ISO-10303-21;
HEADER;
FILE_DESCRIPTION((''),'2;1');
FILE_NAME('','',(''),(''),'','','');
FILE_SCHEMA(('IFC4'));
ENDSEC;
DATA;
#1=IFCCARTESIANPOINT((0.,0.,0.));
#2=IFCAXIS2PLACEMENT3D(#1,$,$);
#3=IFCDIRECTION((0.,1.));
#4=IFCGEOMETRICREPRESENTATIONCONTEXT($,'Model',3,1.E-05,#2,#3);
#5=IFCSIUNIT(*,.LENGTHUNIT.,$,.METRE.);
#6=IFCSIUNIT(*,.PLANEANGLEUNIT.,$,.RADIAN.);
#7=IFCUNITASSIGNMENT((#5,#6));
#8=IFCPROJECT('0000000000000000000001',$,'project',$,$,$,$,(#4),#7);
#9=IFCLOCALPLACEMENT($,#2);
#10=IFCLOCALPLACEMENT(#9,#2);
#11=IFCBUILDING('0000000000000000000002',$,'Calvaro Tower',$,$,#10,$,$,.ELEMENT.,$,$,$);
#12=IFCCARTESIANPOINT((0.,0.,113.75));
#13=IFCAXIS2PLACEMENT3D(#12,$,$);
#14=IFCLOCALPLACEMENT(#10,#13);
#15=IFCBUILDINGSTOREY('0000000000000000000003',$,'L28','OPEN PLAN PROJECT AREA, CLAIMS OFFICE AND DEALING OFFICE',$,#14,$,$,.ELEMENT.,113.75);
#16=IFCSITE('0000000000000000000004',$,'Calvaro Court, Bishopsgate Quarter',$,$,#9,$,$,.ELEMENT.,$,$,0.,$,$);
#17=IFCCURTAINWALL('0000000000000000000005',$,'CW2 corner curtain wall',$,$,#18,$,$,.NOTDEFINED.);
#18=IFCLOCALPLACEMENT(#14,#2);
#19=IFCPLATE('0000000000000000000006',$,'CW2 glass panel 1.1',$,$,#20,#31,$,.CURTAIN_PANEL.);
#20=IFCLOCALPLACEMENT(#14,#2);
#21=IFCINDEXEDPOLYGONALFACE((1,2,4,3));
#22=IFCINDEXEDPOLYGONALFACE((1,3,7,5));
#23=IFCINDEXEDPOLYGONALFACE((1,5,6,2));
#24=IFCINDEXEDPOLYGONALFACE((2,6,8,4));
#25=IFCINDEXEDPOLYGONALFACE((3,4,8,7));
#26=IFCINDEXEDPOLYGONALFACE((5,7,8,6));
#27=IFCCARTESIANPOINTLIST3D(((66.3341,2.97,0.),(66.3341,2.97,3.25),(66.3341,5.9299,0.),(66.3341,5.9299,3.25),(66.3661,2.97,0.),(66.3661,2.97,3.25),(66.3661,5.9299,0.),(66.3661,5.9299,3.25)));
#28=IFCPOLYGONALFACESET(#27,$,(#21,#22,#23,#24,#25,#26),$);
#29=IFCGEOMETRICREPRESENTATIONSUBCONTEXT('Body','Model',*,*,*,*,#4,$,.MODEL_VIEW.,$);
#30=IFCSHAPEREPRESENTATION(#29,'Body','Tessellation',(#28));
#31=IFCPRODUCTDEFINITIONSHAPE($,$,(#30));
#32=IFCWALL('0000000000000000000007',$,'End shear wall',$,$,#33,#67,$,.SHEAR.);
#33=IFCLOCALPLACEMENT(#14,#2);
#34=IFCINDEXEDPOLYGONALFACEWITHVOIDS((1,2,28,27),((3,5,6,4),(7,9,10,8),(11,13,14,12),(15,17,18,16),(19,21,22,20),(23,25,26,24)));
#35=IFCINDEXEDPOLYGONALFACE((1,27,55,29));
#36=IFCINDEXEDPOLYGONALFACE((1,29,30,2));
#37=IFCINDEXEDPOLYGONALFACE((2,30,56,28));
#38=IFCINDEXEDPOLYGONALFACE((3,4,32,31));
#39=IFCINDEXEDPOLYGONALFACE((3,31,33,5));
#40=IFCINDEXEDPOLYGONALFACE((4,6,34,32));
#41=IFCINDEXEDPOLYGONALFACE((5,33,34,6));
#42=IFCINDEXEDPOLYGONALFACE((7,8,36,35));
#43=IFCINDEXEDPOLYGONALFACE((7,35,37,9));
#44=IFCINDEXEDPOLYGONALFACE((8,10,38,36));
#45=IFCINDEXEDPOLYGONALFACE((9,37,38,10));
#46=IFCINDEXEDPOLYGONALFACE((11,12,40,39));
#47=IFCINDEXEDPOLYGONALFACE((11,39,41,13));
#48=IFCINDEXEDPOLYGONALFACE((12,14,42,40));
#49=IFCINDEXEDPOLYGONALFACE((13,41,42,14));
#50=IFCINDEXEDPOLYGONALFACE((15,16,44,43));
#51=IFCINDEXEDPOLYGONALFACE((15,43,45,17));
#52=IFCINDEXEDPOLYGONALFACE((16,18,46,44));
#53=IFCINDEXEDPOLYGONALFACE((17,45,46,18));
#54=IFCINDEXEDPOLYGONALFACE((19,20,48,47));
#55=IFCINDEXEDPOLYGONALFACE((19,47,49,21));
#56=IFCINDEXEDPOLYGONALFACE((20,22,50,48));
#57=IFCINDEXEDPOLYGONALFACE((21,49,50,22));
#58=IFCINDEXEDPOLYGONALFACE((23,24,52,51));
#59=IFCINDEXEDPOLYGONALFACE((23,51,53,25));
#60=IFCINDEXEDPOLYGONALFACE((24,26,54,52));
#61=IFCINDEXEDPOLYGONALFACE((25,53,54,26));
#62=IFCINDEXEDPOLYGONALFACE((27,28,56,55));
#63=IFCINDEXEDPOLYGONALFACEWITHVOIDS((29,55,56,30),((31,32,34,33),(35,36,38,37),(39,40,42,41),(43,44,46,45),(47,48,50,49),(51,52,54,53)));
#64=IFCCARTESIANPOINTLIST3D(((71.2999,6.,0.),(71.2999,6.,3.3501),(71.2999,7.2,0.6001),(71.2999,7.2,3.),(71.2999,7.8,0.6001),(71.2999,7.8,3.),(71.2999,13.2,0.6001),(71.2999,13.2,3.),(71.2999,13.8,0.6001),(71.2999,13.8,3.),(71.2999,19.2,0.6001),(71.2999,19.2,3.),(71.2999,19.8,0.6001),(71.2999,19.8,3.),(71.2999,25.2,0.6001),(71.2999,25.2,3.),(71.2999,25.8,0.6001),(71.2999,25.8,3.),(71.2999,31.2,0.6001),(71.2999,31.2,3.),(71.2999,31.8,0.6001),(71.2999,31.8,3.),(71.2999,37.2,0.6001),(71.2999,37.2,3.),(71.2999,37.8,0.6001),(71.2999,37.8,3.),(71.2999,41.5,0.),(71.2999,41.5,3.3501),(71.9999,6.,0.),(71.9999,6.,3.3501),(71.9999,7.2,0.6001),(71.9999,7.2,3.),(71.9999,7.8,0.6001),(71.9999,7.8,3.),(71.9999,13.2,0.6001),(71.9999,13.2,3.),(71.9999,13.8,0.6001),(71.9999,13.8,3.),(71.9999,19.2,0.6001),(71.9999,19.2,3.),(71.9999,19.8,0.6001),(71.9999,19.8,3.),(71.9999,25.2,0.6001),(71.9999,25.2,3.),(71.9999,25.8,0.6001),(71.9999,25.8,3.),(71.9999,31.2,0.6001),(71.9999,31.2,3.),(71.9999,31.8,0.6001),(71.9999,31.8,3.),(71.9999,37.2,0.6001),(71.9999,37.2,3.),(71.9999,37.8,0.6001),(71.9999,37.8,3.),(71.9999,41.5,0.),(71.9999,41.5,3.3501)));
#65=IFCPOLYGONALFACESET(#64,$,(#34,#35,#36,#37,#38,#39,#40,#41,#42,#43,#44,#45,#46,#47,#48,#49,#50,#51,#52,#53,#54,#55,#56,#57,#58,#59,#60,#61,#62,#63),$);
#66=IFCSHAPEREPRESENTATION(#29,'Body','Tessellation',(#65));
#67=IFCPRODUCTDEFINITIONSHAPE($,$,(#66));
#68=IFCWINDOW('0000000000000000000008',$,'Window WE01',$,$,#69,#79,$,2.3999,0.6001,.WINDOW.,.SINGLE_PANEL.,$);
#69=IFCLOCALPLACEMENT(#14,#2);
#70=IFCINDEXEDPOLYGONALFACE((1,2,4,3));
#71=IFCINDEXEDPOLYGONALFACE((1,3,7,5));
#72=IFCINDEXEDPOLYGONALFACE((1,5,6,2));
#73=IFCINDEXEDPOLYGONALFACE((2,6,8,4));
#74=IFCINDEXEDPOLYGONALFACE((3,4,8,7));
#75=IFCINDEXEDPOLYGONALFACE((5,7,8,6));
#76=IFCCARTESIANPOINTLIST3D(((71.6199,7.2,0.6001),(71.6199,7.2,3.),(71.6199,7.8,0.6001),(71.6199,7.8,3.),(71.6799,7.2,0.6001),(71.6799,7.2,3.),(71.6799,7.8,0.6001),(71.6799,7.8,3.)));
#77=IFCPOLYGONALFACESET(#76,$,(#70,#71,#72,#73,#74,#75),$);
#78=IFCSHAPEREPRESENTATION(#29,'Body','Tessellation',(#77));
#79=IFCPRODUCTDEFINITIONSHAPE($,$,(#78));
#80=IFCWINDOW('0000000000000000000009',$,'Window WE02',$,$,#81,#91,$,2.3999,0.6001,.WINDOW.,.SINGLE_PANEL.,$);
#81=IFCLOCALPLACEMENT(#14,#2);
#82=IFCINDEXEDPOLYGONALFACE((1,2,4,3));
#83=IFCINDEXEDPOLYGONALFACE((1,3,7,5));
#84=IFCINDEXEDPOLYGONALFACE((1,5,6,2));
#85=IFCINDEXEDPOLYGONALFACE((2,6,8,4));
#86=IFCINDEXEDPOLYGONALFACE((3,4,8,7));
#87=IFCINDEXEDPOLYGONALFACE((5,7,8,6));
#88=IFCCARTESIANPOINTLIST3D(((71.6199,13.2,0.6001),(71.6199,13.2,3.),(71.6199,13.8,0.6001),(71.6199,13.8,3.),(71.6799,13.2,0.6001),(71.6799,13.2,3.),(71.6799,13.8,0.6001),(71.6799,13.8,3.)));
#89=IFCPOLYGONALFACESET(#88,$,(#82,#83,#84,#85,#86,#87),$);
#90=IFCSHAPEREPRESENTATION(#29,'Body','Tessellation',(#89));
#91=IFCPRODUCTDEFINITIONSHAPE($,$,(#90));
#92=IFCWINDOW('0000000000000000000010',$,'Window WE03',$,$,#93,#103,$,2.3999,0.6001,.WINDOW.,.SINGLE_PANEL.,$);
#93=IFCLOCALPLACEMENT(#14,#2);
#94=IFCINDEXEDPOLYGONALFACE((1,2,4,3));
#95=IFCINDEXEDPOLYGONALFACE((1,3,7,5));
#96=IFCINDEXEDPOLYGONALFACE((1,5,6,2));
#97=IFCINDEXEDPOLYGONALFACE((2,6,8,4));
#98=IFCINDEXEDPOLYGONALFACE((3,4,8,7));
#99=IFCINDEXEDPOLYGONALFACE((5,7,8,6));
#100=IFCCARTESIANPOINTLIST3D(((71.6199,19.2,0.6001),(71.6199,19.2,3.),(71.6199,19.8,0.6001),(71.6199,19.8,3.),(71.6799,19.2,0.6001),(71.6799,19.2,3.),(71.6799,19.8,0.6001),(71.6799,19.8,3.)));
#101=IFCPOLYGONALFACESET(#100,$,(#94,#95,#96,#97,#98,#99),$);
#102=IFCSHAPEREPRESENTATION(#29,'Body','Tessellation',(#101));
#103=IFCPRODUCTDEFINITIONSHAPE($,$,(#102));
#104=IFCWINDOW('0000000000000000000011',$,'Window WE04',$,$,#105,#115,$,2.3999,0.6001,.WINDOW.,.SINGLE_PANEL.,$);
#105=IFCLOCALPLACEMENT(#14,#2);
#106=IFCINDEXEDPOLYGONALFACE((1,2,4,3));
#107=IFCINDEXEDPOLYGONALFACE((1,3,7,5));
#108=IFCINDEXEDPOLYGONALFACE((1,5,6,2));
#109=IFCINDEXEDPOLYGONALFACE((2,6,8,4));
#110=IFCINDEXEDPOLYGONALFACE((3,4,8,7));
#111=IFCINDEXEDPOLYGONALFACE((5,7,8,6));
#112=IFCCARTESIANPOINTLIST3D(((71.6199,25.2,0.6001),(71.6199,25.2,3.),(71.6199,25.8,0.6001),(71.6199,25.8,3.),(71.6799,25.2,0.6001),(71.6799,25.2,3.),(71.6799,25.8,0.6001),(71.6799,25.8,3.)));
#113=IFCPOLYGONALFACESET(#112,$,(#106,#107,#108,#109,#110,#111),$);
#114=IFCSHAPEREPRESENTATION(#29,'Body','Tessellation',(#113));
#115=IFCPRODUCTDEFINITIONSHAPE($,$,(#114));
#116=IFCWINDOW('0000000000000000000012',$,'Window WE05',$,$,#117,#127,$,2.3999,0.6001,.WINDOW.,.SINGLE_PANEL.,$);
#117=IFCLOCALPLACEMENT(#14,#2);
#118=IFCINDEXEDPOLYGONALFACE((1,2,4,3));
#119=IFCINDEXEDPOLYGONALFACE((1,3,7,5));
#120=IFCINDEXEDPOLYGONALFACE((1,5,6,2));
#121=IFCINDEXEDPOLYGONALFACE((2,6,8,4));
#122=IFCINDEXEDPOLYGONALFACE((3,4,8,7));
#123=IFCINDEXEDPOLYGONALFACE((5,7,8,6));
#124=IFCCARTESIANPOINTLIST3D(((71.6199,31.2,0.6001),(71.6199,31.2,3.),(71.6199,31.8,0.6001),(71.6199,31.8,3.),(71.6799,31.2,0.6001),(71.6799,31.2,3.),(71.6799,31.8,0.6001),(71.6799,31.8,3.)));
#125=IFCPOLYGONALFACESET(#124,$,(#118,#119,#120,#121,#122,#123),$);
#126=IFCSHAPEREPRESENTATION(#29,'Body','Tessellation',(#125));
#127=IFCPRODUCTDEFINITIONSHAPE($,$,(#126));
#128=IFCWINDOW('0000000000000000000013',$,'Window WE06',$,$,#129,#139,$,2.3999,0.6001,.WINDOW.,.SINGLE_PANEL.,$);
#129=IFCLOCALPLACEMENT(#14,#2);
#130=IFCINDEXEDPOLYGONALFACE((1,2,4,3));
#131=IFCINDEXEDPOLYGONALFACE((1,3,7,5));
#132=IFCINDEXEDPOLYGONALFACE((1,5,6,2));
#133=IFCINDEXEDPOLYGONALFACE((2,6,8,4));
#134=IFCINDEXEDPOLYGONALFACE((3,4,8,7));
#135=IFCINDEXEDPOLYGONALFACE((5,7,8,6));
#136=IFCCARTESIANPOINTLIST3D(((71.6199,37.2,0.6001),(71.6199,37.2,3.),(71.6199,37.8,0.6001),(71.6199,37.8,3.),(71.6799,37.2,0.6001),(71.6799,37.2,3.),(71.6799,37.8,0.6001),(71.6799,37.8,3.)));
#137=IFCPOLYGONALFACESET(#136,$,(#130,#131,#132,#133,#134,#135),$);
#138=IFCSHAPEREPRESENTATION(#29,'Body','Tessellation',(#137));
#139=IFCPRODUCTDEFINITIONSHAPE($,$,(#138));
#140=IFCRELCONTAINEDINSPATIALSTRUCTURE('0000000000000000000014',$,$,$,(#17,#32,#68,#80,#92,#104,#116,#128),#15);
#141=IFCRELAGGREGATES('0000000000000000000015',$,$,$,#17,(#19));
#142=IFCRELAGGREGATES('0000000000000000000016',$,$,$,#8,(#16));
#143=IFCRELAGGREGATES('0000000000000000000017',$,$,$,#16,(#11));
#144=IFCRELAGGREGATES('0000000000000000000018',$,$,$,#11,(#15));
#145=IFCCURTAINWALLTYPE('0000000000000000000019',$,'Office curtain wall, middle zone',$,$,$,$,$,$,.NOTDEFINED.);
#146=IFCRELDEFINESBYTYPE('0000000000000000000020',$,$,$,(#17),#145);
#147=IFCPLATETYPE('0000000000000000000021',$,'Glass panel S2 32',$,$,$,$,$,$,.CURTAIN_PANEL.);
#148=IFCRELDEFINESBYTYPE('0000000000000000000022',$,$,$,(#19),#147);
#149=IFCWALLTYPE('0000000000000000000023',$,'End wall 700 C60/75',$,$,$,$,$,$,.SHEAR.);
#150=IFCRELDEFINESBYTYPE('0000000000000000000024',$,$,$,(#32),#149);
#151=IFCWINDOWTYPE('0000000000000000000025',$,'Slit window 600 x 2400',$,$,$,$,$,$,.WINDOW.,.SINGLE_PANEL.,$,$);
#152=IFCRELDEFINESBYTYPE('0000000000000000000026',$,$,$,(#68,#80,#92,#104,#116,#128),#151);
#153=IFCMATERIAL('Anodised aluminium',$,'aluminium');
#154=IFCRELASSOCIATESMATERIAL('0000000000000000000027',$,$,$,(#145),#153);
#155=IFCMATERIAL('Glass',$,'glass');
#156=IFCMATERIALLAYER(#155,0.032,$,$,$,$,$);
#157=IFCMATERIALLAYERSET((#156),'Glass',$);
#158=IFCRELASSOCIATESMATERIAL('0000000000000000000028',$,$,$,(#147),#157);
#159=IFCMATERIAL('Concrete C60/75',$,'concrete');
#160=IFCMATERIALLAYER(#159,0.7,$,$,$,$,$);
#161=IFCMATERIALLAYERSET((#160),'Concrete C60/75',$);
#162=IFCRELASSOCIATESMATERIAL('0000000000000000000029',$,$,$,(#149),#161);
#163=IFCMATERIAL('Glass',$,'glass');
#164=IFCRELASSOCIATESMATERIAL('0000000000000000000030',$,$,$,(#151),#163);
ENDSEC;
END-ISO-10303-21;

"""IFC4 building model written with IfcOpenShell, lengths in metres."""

from ifc_helpers import new_model, si_unit, direction, frame, frame_2d, origin, origin_2d, place, context, subcontext, project, spatial, rectangle, extrude, material, layer, layer_set, type_object, element, fill, aggregate, save


model = new_model("IFC4")

# Units and contexts
model_context = context("Model", 3, precision=1e-05, world=origin(), true_north=direction((0.0, 1.0)))
body_context = subcontext(model_context, "Body", "Model", "MODEL_VIEW")
ifc_project = project(units=[si_unit("LENGTHUNIT", "METRE"), si_unit("PLANEANGLEUNIT", "RADIAN")], contexts=[model_context])

# Site, building, storey
site_placement = place(None, origin())
site = spatial("IfcSite", under=ifc_project, at=site_placement, Name="Calvaro Court, Bishopsgate Quarter", CompositionType="ELEMENT", RefElevation=0.0)
building_placement = place(site_placement, origin())
building = spatial("IfcBuilding", under=site, at=building_placement, Name="Calvaro Tower", CompositionType="ELEMENT")
storey_placement = place(building_placement, frame((0.0, 0.0, 113.75)))
storey = spatial("IfcBuildingStorey", under=building, at=storey_placement, Name="L28", Description="OPEN PLAN PROJECT AREA, CLAIMS OFFICE AND DEALING OFFICE", CompositionType="ELEMENT", Elevation=113.75)

# Curtain wall
ifc_material_1 = material(Name="Anodised aluminium", Category="aluminium")
curtain_wall_type = type_object("IfcCurtainWallType", Name="Office curtain wall, middle zone", PredefinedType="NOTDEFINED", material=ifc_material_1)
curtain_wall_1_placement = place(storey_placement, origin())
curtain_wall_1 = element("IfcCurtainWall", 1, at=curtain_wall_1_placement, inside=storey, type_object=curtain_wall_type, Name="CW2 corner curtain wall", PredefinedType="NOTDEFINED")

# Plate
ifc_material_2 = material(Name="Glass", Category="glass")
ifc_layer_1 = layer(ifc_material_2, 0.032)
ifc_layer_set_1 = layer_set([ifc_layer_1], Name="Glass")
plate_type = type_object("IfcPlateType", Name="Glass panel S2 32", PredefinedType="CURTAIN_PANEL", material=ifc_layer_set_1)
plate_1_placement = place(storey_placement, frame((66.3501, 4.45, 0.0), z_axis=(0.0, 0.0, 1.0), x_axis=(0.0, 1.0, 0.0)))
plate_1 = element("IfcPlate", 2, at=plate_1_placement, type_object=plate_type, Name="CW2 glass panel 1.1", PredefinedType="CURTAIN_PANEL", context=body_context, shape_type="SweptSolid", body=[
    extrude(rectangle(XDim=2.96, YDim=0.032, at=origin_2d()), origin(), (0.0, 0.0, 1.0), 3.25),
])
aggregate(curtain_wall_1, [plate_1])

# Wall, openings, windows
ifc_material_3 = material(Name="Concrete C60/75", Category="concrete")
ifc_layer_2 = layer(ifc_material_3, 0.7)
ifc_layer_set_2 = layer_set([ifc_layer_2], Name="Concrete C60/75")
wall_type_1 = type_object("IfcWallType", Name="End wall 700 C60/75", PredefinedType="SHEAR", material=ifc_layer_set_2)
wall_1_placement = place(storey_placement, frame((71.6499, 6.0, 0.0), z_axis=(0.0, 0.0, 1.0), x_axis=(0.0, 1.0, 0.0)))
wall_1 = element("IfcWall", 3, at=wall_1_placement, inside=storey, type_object=wall_type_1, Name="End shear wall", PredefinedType="SHEAR", context=body_context, shape_type="SweptSolid", body=[
    extrude(rectangle(XDim=35.5, YDim=0.7, at=frame_2d((17.75, 0.0))), origin(), (0.0, 0.0, 1.0), 3.3501),
])
opening_1_placement = place(wall_1_placement, frame((1.2, 0.0, 0.6001)))
opening_1 = element("IfcOpeningElement", 4, at=opening_1_placement, cuts=wall_1, PredefinedType="OPENING", context=body_context, shape_type="SweptSolid", body=[
    extrude(rectangle(XDim=0.6001, YDim=2.3999, at=frame_2d((0.3, 1.2))), frame((0.0, 0.3599, 0.0), z_axis=(0.0, -1.0, 0.0), x_axis=(1.0, 0.0, 0.0)), (0.0, 0.0, 1.0), 0.72),
])
opening_2_placement = place(wall_1_placement, frame((7.2, 0.0, 0.6001)))
opening_2 = element("IfcOpeningElement", 5, at=opening_2_placement, cuts=wall_1, PredefinedType="OPENING", context=body_context, shape_type="SweptSolid", body=[
    extrude(rectangle(XDim=0.6001, YDim=2.3999, at=frame_2d((0.3, 1.2))), frame((0.0, 0.3599, 0.0), z_axis=(0.0, -1.0, 0.0), x_axis=(1.0, 0.0, 0.0)), (0.0, 0.0, 1.0), 0.72),
])
opening_3_placement = place(wall_1_placement, frame((13.2, 0.0, 0.6001)))
opening_3 = element("IfcOpeningElement", 6, at=opening_3_placement, cuts=wall_1, PredefinedType="OPENING", context=body_context, shape_type="SweptSolid", body=[
    extrude(rectangle(XDim=0.6001, YDim=2.3999, at=frame_2d((0.3, 1.2))), frame((0.0, 0.3599, 0.0), z_axis=(0.0, -1.0, 0.0), x_axis=(1.0, 0.0, 0.0)), (0.0, 0.0, 1.0), 0.72),
])
opening_4_placement = place(wall_1_placement, frame((19.2, 0.0, 0.6001)))
opening_4 = element("IfcOpeningElement", 7, at=opening_4_placement, cuts=wall_1, PredefinedType="OPENING", context=body_context, shape_type="SweptSolid", body=[
    extrude(rectangle(XDim=0.6001, YDim=2.3999, at=frame_2d((0.3, 1.2))), frame((0.0, 0.3599, 0.0), z_axis=(0.0, -1.0, 0.0), x_axis=(1.0, 0.0, 0.0)), (0.0, 0.0, 1.0), 0.72),
])
opening_5_placement = place(wall_1_placement, frame((25.2, 0.0, 0.6001)))
opening_5 = element("IfcOpeningElement", 8, at=opening_5_placement, cuts=wall_1, PredefinedType="OPENING", context=body_context, shape_type="SweptSolid", body=[
    extrude(rectangle(XDim=0.6001, YDim=2.3999, at=frame_2d((0.3, 1.2))), frame((0.0, 0.3599, 0.0), z_axis=(0.0, -1.0, 0.0), x_axis=(1.0, 0.0, 0.0)), (0.0, 0.0, 1.0), 0.72),
])
opening_6_placement = place(wall_1_placement, frame((31.2, 0.0, 0.6001)))
opening_6 = element("IfcOpeningElement", 9, at=opening_6_placement, cuts=wall_1, PredefinedType="OPENING", context=body_context, shape_type="SweptSolid", body=[
    extrude(rectangle(XDim=0.6001, YDim=2.3999, at=frame_2d((0.3, 1.2))), frame((0.0, 0.3599, 0.0), z_axis=(0.0, -1.0, 0.0), x_axis=(1.0, 0.0, 0.0)), (0.0, 0.0, 1.0), 0.72),
])
ifc_material_4 = material(Name="Glass", Category="glass")
window_type = type_object("IfcWindowType", Name="Slit window 600 x 2400", PartitioningType="SINGLE_PANEL", PredefinedType="WINDOW", material=ifc_material_4)
window_1_placement = place(opening_1_placement, origin())
window_1 = element("IfcWindow", 10, at=window_1_placement, inside=storey, type_object=window_type, Name="Window WE01", OverallHeight=2.3999, OverallWidth=0.6001, PartitioningType="SINGLE_PANEL", PredefinedType="WINDOW", context=body_context, shape_type="SweptSolid", body=[
    extrude(rectangle(XDim=0.6001, YDim=2.3999, at=frame_2d((0.3, 1.2))), frame((0.0, 0.03, 0.0), z_axis=(0.0, -1.0, 0.0), x_axis=(1.0, 0.0, 0.0)), (0.0, 0.0, 1.0), 0.0601),
])
fill(opening_1, window_1)
window_2_placement = place(opening_2_placement, origin())
window_2 = element("IfcWindow", 11, at=window_2_placement, inside=storey, type_object=window_type, Name="Window WE02", OverallHeight=2.3999, OverallWidth=0.6001, PartitioningType="SINGLE_PANEL", PredefinedType="WINDOW", context=body_context, shape_type="SweptSolid", body=[
    extrude(rectangle(XDim=0.6001, YDim=2.3999, at=frame_2d((0.3, 1.2))), frame((0.0, 0.03, 0.0), z_axis=(0.0, -1.0, 0.0), x_axis=(1.0, 0.0, 0.0)), (0.0, 0.0, 1.0), 0.0601),
])
fill(opening_2, window_2)
window_3_placement = place(opening_3_placement, origin())
window_3 = element("IfcWindow", 12, at=window_3_placement, inside=storey, type_object=window_type, Name="Window WE03", OverallHeight=2.3999, OverallWidth=0.6001, PartitioningType="SINGLE_PANEL", PredefinedType="WINDOW", context=body_context, shape_type="SweptSolid", body=[
    extrude(rectangle(XDim=0.6001, YDim=2.3999, at=frame_2d((0.3, 1.2))), frame((0.0, 0.03, 0.0), z_axis=(0.0, -1.0, 0.0), x_axis=(1.0, 0.0, 0.0)), (0.0, 0.0, 1.0), 0.0601),
])
fill(opening_3, window_3)
window_4_placement = place(opening_4_placement, origin())
window_4 = element("IfcWindow", 13, at=window_4_placement, inside=storey, type_object=window_type, Name="Window WE04", OverallHeight=2.3999, OverallWidth=0.6001, PartitioningType="SINGLE_PANEL", PredefinedType="WINDOW", context=body_context, shape_type="SweptSolid", body=[
    extrude(rectangle(XDim=0.6001, YDim=2.3999, at=frame_2d((0.3, 1.2))), frame((0.0, 0.03, 0.0), z_axis=(0.0, -1.0, 0.0), x_axis=(1.0, 0.0, 0.0)), (0.0, 0.0, 1.0), 0.0601),
])
fill(opening_4, window_4)
window_5_placement = place(opening_5_placement, origin())
window_5 = element("IfcWindow", 14, at=window_5_placement, inside=storey, type_object=window_type, Name="Window WE05", OverallHeight=2.3999, OverallWidth=0.6001, PartitioningType="SINGLE_PANEL", PredefinedType="WINDOW", context=body_context, shape_type="SweptSolid", body=[
    extrude(rectangle(XDim=0.6001, YDim=2.3999, at=frame_2d((0.3, 1.2))), frame((0.0, 0.03, 0.0), z_axis=(0.0, -1.0, 0.0), x_axis=(1.0, 0.0, 0.0)), (0.0, 0.0, 1.0), 0.0601),
])
fill(opening_5, window_5)
window_6_placement = place(opening_6_placement, origin())
window_6 = element("IfcWindow", 15, at=window_6_placement, inside=storey, type_object=window_type, Name="Window WE06", OverallHeight=2.3999, OverallWidth=0.6001, PartitioningType="SINGLE_PANEL", PredefinedType="WINDOW", context=body_context, shape_type="SweptSolid", body=[
    extrude(rectangle(XDim=0.6001, YDim=2.3999, at=frame_2d((0.3, 1.2))), frame((0.0, 0.03, 0.0), z_axis=(0.0, -1.0, 0.0), x_axis=(1.0, 0.0, 0.0)), (0.0, 0.0, 1.0), 0.0601),
])
fill(opening_6, window_6)

save(model, "model.ifc")
